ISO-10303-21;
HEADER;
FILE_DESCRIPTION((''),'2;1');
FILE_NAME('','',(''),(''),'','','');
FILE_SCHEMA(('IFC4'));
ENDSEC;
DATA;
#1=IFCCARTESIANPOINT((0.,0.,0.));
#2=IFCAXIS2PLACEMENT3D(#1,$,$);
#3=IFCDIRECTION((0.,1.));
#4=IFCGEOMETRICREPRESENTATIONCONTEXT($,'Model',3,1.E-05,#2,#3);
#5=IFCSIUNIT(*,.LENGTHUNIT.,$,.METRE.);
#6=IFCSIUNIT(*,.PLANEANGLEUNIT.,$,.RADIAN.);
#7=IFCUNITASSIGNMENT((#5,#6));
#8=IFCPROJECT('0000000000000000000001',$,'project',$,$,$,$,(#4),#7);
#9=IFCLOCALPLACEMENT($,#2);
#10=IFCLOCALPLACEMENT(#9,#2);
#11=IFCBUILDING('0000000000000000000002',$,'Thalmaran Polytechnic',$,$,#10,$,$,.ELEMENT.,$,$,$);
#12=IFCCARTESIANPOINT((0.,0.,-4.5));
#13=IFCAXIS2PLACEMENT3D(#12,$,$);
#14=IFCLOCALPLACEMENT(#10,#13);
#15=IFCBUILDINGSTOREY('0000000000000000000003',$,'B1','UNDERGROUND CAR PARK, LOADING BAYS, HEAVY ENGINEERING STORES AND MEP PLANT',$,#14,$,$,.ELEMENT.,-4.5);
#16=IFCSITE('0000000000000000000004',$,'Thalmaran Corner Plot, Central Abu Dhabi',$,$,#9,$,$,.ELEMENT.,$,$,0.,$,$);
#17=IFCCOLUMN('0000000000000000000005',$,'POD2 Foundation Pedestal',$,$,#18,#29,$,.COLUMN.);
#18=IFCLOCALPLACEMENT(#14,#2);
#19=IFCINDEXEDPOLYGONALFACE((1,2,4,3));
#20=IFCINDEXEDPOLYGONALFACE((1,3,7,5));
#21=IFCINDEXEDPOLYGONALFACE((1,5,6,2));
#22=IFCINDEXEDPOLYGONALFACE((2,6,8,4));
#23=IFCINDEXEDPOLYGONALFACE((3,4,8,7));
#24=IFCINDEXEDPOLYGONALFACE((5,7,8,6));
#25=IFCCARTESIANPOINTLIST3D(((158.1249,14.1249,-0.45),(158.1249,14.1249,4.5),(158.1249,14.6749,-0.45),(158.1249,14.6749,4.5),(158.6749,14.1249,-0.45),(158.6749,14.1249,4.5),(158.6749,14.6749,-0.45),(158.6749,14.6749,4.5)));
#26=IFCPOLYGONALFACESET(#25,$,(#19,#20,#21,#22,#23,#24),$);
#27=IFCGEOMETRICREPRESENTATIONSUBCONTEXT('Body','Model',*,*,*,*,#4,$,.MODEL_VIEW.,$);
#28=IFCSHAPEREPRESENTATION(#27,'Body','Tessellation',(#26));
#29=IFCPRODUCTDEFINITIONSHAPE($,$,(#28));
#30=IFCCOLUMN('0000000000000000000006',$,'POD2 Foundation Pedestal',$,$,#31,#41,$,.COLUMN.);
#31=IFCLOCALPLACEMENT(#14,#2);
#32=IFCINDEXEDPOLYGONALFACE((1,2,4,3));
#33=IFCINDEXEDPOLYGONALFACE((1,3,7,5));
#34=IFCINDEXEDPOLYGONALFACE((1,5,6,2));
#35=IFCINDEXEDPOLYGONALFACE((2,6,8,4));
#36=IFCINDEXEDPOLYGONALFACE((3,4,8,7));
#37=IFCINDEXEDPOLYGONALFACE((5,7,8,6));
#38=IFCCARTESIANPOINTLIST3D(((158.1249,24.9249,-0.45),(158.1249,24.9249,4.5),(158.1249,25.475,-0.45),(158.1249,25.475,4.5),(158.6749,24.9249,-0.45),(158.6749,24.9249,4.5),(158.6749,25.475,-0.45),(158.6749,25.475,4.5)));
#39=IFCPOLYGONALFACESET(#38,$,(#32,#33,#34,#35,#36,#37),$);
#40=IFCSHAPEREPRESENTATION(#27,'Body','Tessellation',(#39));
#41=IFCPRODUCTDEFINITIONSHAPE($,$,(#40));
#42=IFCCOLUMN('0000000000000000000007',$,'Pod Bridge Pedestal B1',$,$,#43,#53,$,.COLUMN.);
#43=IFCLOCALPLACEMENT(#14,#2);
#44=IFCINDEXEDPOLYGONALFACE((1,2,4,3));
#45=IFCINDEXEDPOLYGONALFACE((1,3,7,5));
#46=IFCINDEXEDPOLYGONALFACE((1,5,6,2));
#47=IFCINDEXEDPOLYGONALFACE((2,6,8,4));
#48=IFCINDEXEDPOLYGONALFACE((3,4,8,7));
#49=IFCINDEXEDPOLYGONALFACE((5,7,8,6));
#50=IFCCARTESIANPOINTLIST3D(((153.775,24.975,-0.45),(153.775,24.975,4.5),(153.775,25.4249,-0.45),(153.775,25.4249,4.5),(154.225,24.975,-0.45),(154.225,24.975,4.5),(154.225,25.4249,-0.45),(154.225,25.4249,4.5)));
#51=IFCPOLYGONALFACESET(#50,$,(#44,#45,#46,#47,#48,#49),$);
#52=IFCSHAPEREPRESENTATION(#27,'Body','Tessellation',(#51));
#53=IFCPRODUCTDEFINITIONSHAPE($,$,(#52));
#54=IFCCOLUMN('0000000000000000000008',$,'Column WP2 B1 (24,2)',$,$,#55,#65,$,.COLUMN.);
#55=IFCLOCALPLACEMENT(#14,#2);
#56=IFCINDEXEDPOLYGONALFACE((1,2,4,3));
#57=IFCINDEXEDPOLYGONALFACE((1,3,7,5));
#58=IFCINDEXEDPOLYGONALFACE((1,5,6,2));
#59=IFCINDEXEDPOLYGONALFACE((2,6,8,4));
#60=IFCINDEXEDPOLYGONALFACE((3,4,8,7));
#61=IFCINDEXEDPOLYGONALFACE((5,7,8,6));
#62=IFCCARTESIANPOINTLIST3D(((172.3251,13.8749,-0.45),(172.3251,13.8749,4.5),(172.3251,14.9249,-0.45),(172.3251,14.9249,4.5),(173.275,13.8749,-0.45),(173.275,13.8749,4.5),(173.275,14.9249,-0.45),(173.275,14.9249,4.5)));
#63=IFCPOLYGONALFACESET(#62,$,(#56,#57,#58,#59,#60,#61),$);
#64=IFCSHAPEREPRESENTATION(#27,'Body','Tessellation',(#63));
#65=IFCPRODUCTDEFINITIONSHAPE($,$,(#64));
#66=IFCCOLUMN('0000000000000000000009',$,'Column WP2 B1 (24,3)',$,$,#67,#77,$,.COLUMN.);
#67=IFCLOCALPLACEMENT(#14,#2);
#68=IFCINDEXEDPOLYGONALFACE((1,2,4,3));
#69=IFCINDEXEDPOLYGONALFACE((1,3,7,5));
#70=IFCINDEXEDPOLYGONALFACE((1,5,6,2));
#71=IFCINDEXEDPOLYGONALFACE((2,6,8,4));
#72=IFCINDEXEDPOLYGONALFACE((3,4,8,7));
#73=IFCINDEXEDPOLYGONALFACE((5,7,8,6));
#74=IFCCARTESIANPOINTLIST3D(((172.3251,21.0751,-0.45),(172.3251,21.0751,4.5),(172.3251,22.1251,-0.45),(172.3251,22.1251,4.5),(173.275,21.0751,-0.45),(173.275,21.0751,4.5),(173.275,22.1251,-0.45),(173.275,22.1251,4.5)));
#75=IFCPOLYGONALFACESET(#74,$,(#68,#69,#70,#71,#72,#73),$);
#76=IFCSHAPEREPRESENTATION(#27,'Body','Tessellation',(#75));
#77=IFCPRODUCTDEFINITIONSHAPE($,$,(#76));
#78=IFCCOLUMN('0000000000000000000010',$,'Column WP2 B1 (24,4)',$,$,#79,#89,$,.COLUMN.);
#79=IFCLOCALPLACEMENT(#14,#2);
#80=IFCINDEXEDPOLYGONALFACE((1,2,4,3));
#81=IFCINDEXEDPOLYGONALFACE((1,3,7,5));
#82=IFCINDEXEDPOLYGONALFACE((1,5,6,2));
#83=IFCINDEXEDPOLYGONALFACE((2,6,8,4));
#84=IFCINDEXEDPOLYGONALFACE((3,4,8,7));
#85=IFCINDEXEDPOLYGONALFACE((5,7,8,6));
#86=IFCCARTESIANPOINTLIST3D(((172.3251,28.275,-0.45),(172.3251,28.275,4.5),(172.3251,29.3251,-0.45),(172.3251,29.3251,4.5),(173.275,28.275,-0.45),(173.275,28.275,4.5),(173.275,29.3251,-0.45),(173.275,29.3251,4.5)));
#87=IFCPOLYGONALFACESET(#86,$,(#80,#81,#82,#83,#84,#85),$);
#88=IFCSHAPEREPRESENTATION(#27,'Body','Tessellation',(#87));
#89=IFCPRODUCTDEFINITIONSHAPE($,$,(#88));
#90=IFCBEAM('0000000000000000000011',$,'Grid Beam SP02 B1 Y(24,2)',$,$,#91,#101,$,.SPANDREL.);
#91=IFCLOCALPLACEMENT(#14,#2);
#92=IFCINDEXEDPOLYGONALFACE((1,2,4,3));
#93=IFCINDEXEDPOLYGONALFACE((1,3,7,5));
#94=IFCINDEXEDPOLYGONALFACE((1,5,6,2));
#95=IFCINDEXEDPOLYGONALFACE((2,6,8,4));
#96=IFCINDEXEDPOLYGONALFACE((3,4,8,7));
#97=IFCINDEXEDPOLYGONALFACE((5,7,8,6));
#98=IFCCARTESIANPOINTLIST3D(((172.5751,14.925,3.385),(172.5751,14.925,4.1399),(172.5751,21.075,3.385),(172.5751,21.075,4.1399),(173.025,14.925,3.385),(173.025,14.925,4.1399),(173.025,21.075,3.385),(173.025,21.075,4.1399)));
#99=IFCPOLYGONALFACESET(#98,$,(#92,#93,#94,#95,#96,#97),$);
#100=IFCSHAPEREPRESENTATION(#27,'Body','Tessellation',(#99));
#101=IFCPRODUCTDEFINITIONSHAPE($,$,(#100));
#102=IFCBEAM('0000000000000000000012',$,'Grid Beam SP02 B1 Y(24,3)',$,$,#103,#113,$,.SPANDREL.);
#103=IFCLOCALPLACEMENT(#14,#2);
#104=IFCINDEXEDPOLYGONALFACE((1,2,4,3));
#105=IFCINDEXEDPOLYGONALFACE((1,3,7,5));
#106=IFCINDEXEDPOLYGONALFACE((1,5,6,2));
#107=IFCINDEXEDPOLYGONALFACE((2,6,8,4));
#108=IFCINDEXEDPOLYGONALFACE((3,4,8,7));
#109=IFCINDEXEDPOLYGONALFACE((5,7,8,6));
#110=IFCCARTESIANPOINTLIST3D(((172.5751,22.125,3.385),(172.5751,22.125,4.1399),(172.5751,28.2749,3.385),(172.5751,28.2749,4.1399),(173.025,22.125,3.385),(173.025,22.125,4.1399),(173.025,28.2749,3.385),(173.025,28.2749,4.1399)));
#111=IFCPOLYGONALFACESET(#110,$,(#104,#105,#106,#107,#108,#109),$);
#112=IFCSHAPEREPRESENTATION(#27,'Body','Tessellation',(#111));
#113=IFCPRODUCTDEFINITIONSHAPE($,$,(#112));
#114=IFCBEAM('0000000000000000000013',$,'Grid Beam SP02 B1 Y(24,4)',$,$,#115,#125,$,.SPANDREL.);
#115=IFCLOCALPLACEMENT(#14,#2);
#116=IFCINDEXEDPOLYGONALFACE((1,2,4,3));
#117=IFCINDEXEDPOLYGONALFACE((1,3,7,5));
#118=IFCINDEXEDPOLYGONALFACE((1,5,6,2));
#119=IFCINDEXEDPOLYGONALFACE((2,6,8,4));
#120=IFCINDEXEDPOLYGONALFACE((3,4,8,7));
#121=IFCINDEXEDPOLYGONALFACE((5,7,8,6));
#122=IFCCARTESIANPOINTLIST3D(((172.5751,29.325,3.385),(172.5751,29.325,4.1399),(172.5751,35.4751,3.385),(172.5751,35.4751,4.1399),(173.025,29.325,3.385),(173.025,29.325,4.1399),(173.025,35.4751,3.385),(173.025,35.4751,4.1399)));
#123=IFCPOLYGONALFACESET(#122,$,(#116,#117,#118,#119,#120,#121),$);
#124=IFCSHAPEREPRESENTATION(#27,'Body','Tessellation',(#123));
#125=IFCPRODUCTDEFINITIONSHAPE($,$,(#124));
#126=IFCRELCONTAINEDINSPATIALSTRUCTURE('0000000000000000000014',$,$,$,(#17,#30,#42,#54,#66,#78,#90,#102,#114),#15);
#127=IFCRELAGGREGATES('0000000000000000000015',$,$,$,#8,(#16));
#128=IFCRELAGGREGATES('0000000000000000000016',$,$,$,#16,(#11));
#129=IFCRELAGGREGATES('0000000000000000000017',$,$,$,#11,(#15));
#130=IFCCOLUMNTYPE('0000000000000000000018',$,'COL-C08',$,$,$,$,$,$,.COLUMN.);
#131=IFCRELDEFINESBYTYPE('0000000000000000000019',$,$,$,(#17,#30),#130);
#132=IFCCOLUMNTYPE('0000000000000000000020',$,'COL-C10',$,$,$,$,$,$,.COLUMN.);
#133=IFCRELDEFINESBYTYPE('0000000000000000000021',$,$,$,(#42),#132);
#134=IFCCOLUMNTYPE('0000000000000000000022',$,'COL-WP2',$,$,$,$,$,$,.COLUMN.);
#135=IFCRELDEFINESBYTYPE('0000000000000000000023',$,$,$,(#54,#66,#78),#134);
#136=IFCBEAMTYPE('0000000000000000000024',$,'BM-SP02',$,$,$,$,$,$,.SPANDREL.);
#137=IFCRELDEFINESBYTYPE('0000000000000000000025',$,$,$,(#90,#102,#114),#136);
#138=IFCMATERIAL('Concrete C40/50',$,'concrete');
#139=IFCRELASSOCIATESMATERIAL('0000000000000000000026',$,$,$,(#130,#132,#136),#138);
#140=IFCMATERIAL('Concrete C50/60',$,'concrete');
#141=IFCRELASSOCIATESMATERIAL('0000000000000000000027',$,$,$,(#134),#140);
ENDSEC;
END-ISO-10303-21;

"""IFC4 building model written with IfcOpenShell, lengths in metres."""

from ifc_helpers import new_model, si_unit, direction, frame, origin, origin_2d, place, context, subcontext, project, spatial, rectangle, extrude, material, material_profile, profile_set, type_object, element, save


model = new_model("IFC4")

# Units and contexts
model_context = context("Model", 3, precision=1e-05, world=origin(), true_north=direction((0.0, 1.0)))
body_context = subcontext(model_context, "Body", "Model", "MODEL_VIEW")
ifc_project = project(units=[si_unit("LENGTHUNIT", "METRE"), si_unit("PLANEANGLEUNIT", "RADIAN")], contexts=[model_context])

# Site, building, storey
site_placement = place(None, origin())
site = spatial("IfcSite", under=ifc_project, at=site_placement, Name="Thalmaran Corner Plot, Central Abu Dhabi", CompositionType="ELEMENT", RefElevation=0.0)
building_placement = place(site_placement, origin())
building = spatial("IfcBuilding", under=site, at=building_placement, Name="Thalmaran Polytechnic", CompositionType="ELEMENT")
storey_placement = place(building_placement, frame((0.0, 0.0, -4.5)))
storey = spatial("IfcBuildingStorey", under=building, at=storey_placement, Name="B1", Description="UNDERGROUND CAR PARK, LOADING BAYS, HEAVY ENGINEERING STORES AND MEP PLANT", CompositionType="ELEMENT", Elevation=-4.5)

# Shared definitions
ifc_material_1 = material(Name="Concrete C40/50", Category="concrete")

# Columns
ifc_material_profile_1 = material_profile(ifc_material_1, rectangle(XDim=0.55, YDim=0.55, at=origin_2d()), Name="RC 550x550")
ifc_profile_set_1 = profile_set([ifc_material_profile_1], Name="Concrete C40/50")
column_type_1 = type_object("IfcColumnType", Name="COL-C08", PredefinedType="COLUMN", material=ifc_profile_set_1)
for number, where, z_axis, x_axis, name in (
    (1, (158.3999, 14.3999, -0.45), (0.0, 0.0, 1.0), (1.0, 0.0, 0.0), "POD2 Foundation Pedestal"),
    (2, (158.3999, 25.2, -0.45), (0.0, 0.0, 1.0), (1.0, 0.0, 0.0), "POD2 Foundation Pedestal"),
):
    element("IfcColumn", number, at=place(storey_placement, frame(where, z_axis=z_axis, x_axis=x_axis)), inside=storey, type_object=column_type_1, Name=name, PredefinedType="COLUMN", context=body_context, shape_type="SweptSolid", body=[
        extrude(rectangle(XDim=0.55, YDim=0.55, at=origin_2d()), origin(), (0.0, 0.0, 1.0), 4.95),
    ])
ifc_material_profile_2 = material_profile(ifc_material_1, rectangle(XDim=0.45, YDim=0.45, at=origin_2d()), Name="RC 450x450")
ifc_profile_set_2 = profile_set([ifc_material_profile_2], Name="Concrete C40/50")
column_type_2 = type_object("IfcColumnType", Name="COL-C10", PredefinedType="COLUMN", material=ifc_profile_set_2)
column_placement = place(storey_placement, frame((154.0, 25.2, -0.45), z_axis=(0.0, 0.0, 1.0), x_axis=(1.0, 0.0, 0.0)))
element("IfcColumn", 3, at=column_placement, inside=storey, type_object=column_type_2, Name="Pod Bridge Pedestal B1", PredefinedType="COLUMN", context=body_context, shape_type="SweptSolid", body=[
    extrude(rectangle(XDim=0.45, YDim=0.45, at=origin_2d()), origin(), (0.0, 0.0, 1.0), 4.95),
])
ifc_material_2 = material(Name="Concrete C50/60", Category="concrete")
ifc_material_profile_3 = material_profile(ifc_material_2, rectangle(XDim=0.95, YDim=1.05, at=origin_2d()), Name="RC 950x1050")
ifc_profile_set_3 = profile_set([ifc_material_profile_3], Name="Concrete C50/60")
column_type_3 = type_object("IfcColumnType", Name="COL-WP2", PredefinedType="COLUMN", material=ifc_profile_set_3)
for number, where, z_axis, x_axis, name in (
    (4, (172.8, 14.3999, -0.45), (0.0, 0.0, 1.0), (1.0, 0.0, 0.0), "Column WP2 B1 (24,2)"),
    (5, (172.8, 21.6001, -0.45), (0.0, 0.0, 1.0), (1.0, 0.0, 0.0), "Column WP2 B1 (24,3)"),
    (6, (172.8, 28.8, -0.45), (0.0, 0.0, 1.0), (1.0, 0.0, 0.0), "Column WP2 B1 (24,4)"),
):
    element("IfcColumn", number, at=place(storey_placement, frame(where, z_axis=z_axis, x_axis=x_axis)), inside=storey, type_object=column_type_3, Name=name, PredefinedType="COLUMN", context=body_context, shape_type="SweptSolid", body=[
        extrude(rectangle(XDim=0.95, YDim=1.05, at=origin_2d()), origin(), (0.0, 0.0, 1.0), 4.95),
    ])

# Beams
ifc_material_profile_4 = material_profile(ifc_material_1, rectangle(XDim=0.45, YDim=0.7549, at=origin_2d()), Name="RC 450x755")
ifc_profile_set_4 = profile_set([ifc_material_profile_4], Name="Concrete C40/50")
beam_type = type_object("IfcBeamType", Name="BM-SP02", PredefinedType="SPANDREL", material=ifc_profile_set_4)
for number, where, z_axis, x_axis, name in (
    (7, (172.8, 14.925, 3.7625), (0.0, 1.0, 0.0), (-1.0, 0.0, 0.0), "Grid Beam SP02 B1 Y(24,2)"),
    (8, (172.8, 22.125, 3.7625), (0.0, 1.0, 0.0), (-1.0, 0.0, 0.0), "Grid Beam SP02 B1 Y(24,3)"),
):
    element("IfcBeam", number, at=place(storey_placement, frame(where, z_axis=z_axis, x_axis=x_axis)), inside=storey, type_object=beam_type, Name=name, PredefinedType="SPANDREL", context=body_context, shape_type="SweptSolid", body=[
        extrude(rectangle(XDim=0.45, YDim=0.7549, at=origin_2d()), origin(), (0.0, 0.0, 1.0), 6.1499),
    ])
beam_placement = place(storey_placement, frame((172.8, 29.325, 3.7625), z_axis=(0.0, 1.0, 0.0), x_axis=(-1.0, 0.0, 0.0)))
element("IfcBeam", 9, at=beam_placement, inside=storey, type_object=beam_type, Name="Grid Beam SP02 B1 Y(24,4)", PredefinedType="SPANDREL", context=body_context, shape_type="SweptSolid", body=[
    extrude(rectangle(XDim=0.45, YDim=0.7549, at=origin_2d()), origin(), (0.0, 0.0, 1.0), 6.1501),
])

save(model, "model.ifc")
